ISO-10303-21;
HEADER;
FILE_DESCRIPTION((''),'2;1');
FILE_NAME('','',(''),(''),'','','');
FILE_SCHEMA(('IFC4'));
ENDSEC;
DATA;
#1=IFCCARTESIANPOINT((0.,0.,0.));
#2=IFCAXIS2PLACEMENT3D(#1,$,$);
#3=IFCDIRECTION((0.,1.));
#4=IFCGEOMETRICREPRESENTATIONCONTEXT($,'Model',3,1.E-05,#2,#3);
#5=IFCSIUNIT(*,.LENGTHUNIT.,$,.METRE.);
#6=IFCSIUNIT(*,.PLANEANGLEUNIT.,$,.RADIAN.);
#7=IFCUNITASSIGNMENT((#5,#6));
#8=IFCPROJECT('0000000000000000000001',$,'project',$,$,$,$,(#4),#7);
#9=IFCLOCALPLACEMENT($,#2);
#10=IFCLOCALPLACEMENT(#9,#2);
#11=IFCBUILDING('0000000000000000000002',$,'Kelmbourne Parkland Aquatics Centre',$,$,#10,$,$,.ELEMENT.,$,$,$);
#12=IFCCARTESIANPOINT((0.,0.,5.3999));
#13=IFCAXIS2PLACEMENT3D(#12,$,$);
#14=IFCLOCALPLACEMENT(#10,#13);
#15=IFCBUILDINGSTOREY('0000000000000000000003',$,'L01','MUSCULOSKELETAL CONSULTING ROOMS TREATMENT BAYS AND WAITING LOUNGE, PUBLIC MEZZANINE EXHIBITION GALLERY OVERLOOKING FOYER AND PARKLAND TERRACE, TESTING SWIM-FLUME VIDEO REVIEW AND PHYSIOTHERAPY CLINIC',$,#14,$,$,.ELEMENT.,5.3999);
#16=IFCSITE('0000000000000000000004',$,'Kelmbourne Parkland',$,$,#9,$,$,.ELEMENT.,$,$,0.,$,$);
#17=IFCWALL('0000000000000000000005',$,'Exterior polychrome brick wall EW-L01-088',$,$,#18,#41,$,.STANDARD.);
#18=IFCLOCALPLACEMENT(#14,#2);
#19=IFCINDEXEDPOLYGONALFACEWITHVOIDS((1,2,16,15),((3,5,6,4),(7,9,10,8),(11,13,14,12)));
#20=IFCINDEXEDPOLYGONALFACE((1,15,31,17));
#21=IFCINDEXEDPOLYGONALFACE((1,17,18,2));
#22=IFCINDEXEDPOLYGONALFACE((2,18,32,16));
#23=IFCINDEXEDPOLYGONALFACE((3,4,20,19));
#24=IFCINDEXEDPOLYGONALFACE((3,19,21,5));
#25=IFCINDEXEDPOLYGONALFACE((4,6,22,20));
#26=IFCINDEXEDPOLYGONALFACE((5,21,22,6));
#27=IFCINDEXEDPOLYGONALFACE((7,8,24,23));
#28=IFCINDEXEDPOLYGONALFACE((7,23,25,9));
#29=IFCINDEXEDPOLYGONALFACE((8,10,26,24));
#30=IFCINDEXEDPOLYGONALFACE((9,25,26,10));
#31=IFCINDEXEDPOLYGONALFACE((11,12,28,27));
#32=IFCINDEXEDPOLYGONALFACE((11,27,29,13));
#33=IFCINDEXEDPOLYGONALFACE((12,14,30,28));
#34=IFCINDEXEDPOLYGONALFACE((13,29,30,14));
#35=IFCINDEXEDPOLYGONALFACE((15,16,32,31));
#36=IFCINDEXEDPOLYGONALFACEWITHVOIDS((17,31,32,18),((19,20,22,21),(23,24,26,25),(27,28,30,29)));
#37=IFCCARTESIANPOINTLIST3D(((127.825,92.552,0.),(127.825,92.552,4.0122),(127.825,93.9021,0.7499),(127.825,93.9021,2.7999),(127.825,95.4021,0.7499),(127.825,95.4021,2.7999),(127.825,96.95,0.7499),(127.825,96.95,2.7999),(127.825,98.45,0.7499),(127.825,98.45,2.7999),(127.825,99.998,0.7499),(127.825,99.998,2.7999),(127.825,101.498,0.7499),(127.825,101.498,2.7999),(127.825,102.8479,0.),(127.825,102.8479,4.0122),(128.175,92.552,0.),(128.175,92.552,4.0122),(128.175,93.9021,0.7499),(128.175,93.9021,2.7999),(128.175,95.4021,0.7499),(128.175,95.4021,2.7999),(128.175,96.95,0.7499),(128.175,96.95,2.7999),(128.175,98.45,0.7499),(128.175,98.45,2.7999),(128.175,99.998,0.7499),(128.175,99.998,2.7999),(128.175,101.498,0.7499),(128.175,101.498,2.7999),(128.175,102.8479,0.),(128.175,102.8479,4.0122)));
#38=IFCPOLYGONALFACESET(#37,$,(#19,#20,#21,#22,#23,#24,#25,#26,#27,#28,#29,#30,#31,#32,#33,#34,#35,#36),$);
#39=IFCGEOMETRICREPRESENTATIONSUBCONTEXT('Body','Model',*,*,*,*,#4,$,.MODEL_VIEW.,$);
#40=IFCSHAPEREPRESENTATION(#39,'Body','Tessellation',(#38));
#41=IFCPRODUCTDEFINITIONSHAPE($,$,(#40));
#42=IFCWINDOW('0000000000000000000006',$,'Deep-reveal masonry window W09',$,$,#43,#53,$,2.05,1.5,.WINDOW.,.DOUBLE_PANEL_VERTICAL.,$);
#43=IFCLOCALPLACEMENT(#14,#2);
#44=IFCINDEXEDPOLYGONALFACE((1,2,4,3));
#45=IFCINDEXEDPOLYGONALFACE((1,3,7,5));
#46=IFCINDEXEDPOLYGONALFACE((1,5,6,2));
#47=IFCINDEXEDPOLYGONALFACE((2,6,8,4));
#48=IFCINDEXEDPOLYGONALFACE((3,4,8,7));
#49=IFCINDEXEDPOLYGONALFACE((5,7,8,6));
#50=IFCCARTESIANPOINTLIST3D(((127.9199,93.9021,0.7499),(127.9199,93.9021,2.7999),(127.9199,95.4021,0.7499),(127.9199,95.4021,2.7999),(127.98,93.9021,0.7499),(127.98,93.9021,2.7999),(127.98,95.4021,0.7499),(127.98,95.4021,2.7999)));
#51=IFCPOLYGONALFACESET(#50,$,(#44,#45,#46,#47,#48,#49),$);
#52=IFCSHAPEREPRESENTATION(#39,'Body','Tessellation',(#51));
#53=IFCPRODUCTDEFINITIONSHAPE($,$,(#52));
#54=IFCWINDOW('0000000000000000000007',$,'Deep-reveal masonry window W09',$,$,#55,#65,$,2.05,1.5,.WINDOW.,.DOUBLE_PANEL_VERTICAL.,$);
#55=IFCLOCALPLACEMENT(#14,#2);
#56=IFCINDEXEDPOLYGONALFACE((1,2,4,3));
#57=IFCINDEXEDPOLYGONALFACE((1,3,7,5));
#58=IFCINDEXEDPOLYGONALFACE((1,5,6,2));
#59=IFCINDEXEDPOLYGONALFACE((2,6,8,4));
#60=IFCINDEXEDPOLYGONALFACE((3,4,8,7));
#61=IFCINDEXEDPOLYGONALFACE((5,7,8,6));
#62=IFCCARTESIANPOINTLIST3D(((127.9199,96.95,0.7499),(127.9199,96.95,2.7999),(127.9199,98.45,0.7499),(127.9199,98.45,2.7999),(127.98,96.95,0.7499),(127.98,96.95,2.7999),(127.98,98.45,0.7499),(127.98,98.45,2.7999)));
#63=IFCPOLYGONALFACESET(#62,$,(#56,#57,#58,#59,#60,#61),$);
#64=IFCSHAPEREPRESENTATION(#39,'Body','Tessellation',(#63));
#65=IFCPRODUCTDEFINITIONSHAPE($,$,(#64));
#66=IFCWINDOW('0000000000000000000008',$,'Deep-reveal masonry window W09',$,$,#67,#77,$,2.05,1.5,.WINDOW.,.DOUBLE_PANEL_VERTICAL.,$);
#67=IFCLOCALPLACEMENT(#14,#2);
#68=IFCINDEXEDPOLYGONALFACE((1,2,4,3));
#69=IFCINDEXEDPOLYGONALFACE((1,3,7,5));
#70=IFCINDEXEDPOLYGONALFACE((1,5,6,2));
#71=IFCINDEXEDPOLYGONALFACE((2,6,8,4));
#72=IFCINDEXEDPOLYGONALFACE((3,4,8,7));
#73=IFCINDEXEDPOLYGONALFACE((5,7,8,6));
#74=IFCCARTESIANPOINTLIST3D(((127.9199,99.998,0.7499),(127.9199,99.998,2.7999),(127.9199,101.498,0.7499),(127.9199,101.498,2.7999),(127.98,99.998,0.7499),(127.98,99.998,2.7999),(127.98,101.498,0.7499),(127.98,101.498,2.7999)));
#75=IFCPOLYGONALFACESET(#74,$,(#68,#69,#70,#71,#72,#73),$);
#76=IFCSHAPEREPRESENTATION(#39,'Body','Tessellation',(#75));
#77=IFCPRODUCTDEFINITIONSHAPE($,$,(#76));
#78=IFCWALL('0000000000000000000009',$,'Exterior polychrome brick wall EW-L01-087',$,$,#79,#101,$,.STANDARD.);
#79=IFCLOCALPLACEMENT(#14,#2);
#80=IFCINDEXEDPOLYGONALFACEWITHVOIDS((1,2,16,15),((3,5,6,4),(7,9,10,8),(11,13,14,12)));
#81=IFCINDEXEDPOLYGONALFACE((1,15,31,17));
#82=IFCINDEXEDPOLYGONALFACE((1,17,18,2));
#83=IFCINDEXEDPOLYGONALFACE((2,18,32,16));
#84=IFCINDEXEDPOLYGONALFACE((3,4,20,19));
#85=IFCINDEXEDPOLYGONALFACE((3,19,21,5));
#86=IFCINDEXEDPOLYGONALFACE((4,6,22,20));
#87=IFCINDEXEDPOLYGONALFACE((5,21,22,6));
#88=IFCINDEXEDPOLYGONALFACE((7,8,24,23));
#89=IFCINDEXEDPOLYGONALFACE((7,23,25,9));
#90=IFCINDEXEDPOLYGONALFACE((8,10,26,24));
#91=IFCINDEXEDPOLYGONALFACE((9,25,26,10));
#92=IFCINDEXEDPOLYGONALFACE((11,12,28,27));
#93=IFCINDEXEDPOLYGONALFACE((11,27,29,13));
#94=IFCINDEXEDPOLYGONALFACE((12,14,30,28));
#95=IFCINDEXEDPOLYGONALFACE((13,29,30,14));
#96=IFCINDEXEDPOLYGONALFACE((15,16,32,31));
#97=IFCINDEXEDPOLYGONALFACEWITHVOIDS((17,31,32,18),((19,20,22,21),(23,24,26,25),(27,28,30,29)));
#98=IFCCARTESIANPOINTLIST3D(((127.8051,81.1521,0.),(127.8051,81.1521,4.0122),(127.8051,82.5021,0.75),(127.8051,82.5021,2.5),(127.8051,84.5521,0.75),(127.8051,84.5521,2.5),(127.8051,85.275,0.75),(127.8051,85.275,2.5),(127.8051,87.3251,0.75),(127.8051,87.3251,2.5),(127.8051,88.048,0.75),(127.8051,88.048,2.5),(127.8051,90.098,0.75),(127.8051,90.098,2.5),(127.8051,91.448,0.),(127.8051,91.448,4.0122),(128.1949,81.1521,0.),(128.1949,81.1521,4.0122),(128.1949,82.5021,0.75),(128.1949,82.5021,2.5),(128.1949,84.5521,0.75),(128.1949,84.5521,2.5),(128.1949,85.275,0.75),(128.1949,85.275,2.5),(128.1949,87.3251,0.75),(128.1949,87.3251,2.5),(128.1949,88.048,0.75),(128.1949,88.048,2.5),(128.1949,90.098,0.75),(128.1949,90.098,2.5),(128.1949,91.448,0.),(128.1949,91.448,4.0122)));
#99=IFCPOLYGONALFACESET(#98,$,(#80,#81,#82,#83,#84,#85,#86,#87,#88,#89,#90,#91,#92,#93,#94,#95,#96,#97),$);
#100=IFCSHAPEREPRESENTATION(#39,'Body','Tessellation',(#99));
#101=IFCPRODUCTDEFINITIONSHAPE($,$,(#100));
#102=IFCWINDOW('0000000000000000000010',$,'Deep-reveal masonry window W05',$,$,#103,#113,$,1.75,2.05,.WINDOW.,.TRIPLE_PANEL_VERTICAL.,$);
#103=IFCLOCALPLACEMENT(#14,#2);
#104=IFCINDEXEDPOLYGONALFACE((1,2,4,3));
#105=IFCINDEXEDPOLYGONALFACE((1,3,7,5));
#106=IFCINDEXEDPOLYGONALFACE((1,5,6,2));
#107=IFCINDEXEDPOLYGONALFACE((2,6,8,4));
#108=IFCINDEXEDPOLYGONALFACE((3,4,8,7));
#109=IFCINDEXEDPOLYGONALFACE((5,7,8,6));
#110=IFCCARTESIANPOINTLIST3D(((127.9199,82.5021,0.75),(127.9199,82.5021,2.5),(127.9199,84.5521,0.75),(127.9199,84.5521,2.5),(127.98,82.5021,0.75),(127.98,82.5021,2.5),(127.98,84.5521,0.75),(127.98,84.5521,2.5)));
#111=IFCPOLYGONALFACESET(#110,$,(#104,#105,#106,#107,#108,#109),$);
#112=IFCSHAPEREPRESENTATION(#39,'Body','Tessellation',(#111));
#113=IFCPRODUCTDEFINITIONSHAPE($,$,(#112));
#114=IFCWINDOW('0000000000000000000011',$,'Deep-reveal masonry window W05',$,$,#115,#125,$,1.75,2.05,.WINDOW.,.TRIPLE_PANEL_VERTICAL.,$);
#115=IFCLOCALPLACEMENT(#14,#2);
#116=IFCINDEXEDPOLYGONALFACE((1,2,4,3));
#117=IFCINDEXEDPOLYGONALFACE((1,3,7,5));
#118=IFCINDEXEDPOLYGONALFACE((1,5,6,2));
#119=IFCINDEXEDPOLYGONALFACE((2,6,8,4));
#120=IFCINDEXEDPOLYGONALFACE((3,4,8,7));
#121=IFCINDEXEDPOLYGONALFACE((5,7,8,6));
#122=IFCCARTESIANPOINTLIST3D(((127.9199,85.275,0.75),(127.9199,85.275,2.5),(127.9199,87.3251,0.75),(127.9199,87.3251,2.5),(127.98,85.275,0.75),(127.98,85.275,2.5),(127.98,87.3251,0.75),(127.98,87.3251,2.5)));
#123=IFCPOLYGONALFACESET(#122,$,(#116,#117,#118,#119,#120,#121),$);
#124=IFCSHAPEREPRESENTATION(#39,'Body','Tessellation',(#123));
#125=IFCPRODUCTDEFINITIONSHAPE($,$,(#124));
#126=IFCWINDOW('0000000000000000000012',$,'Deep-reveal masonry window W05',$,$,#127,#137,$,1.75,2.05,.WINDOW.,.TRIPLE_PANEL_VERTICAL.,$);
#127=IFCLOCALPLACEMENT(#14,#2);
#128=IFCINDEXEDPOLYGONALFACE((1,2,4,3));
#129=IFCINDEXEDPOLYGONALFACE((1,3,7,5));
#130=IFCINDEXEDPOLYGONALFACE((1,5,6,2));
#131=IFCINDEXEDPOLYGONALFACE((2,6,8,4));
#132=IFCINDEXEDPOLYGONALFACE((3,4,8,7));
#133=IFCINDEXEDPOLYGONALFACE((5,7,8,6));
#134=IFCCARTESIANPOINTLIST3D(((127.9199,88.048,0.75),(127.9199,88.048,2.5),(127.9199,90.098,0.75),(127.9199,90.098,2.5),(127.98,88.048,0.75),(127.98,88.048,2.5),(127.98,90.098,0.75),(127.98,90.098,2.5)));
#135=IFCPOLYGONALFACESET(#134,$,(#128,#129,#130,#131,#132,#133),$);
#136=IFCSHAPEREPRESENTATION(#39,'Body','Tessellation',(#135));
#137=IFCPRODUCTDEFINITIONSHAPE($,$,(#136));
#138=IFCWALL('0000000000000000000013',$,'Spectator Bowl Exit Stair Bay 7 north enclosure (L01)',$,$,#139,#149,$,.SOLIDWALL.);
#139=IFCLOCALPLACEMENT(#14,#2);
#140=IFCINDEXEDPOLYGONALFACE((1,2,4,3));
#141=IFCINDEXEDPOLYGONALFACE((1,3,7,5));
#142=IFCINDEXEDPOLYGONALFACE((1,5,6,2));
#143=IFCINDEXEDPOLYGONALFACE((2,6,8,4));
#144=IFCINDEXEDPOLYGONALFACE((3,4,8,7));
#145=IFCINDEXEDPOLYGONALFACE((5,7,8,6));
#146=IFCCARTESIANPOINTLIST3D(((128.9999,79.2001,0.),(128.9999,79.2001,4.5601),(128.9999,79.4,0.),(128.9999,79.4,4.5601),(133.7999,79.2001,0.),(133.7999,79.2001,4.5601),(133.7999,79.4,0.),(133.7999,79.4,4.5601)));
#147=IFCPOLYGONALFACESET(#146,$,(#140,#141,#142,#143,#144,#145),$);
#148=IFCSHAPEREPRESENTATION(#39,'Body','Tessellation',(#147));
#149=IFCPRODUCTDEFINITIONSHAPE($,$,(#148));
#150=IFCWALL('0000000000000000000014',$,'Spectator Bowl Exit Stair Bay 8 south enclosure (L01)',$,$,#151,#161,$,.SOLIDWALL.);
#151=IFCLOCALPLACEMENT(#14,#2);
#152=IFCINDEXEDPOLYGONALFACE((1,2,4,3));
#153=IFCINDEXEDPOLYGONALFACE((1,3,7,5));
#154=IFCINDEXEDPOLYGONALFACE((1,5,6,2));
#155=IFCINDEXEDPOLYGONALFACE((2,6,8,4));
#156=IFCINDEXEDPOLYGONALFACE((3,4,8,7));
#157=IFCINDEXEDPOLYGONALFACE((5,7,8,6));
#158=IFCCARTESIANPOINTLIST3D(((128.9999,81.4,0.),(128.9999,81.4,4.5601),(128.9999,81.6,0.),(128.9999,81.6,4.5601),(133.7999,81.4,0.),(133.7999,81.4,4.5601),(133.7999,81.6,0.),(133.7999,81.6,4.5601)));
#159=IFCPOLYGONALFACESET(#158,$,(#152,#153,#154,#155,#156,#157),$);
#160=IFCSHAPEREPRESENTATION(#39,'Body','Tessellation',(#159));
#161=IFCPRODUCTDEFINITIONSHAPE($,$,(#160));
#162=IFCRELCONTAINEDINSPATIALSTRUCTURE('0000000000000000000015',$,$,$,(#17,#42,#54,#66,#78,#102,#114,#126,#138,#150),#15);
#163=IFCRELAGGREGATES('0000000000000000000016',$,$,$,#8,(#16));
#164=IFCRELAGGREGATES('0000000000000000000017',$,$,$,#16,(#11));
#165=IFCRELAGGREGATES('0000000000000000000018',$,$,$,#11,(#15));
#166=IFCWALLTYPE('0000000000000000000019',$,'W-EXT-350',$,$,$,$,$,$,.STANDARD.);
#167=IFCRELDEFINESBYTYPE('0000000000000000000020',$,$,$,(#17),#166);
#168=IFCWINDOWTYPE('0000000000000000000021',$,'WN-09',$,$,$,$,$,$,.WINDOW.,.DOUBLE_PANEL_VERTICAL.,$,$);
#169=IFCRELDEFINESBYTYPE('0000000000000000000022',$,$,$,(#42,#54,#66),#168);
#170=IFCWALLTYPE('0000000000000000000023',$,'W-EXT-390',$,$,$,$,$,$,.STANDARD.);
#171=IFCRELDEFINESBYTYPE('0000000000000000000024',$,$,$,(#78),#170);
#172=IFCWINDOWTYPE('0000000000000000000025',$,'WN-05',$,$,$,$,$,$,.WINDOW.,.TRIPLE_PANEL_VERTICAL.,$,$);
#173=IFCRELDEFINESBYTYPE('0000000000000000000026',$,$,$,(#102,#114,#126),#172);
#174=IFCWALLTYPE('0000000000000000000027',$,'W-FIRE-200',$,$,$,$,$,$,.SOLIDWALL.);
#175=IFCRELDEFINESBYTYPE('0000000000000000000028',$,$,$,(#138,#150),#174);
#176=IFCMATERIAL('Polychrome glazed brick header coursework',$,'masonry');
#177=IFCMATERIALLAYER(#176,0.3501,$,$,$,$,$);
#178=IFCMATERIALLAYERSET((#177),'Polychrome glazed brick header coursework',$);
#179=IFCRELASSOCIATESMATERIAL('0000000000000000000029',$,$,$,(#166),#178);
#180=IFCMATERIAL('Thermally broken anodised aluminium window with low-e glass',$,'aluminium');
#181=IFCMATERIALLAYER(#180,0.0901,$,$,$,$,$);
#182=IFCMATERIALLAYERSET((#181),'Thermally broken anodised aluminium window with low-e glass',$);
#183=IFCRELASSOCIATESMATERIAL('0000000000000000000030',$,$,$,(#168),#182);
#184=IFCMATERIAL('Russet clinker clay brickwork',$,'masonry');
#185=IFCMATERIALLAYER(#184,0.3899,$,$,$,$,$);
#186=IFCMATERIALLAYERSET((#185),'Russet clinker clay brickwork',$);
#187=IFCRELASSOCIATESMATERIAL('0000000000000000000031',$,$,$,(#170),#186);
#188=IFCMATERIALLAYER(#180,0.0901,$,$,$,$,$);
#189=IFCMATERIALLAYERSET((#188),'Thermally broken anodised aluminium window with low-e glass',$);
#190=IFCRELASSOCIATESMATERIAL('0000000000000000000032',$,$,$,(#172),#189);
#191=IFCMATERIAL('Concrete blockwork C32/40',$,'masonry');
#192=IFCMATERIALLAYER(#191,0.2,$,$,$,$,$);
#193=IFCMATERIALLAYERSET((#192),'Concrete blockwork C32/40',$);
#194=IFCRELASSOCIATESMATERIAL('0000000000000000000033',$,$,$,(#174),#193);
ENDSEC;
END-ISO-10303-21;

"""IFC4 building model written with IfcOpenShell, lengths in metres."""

from ifc_helpers import new_model, si_unit, direction, frame, frame_2d, origin, place, context, subcontext, project, spatial, rectangle, extrude, material, layer, layer_set, type_object, element, fill, save


model = new_model("IFC4")

# Units and contexts
model_context = context("Model", 3, precision=1e-05, world=origin(), true_north=direction((0.0, 1.0)))
body_context = subcontext(model_context, "Body", "Model", "MODEL_VIEW")
ifc_project = project(units=[si_unit("LENGTHUNIT", "METRE"), si_unit("PLANEANGLEUNIT", "RADIAN")], contexts=[model_context])

# Site, building, storey
site_placement = place(None, origin())
site = spatial("IfcSite", under=ifc_project, at=site_placement, Name="Kelmbourne Parkland", CompositionType="ELEMENT", RefElevation=0.0)
building_placement = place(site_placement, origin())
building = spatial("IfcBuilding", under=site, at=building_placement, Name="Kelmbourne Parkland Aquatics Centre", CompositionType="ELEMENT")
storey_placement = place(building_placement, frame((0.0, 0.0, 5.3999)))
storey = spatial("IfcBuildingStorey", under=building, at=storey_placement, Name="L01", Description="MUSCULOSKELETAL CONSULTING ROOMS TREATMENT BAYS AND WAITING LOUNGE, PUBLIC MEZZANINE EXHIBITION GALLERY OVERLOOKING FOYER AND PARKLAND TERRACE, TESTING SWIM-FLUME VIDEO REVIEW AND PHYSIOTHERAPY CLINIC", CompositionType="ELEMENT", Elevation=5.3999)

# Walls, openings, windows
ifc_material_1 = material(Name="Polychrome glazed brick header coursework", Category="masonry")
ifc_layer_1 = layer(ifc_material_1, 0.3501)
ifc_layer_set_1 = layer_set([ifc_layer_1], Name="Polychrome glazed brick header coursework")
wall_type_1 = type_object("IfcWallType", Name="W-EXT-350", PredefinedType="STANDARD", material=ifc_layer_set_1)
wall_1_placement = place(storey_placement, frame((128.0, 92.552, 0.0), z_axis=(0.0, 0.0, 1.0), x_axis=(0.0, 1.0, 0.0)))
wall_1 = element("IfcWall", 1, at=wall_1_placement, inside=storey, type_object=wall_type_1, Name="Exterior polychrome brick wall EW-L01-088", PredefinedType="STANDARD", context=body_context, shape_type="SweptSolid", body=[
    extrude(rectangle(XDim=10.2959, YDim=0.3501, at=frame_2d((5.1479, 0.0))), origin(), (0.0, 0.0, 1.0), 4.0122),
])
opening_1_placement = place(wall_1_placement, frame((1.3501, 0.0, 0.75)))
opening_1 = element("IfcOpeningElement", 2, at=opening_1_placement, cuts=wall_1, PredefinedType="OPENING", context=body_context, shape_type="SweptSolid", body=[
    extrude(rectangle(XDim=1.5, YDim=2.05, at=frame_2d((0.75, 1.0249))), frame((0.0, 0.187, 0.0), z_axis=(0.0, -1.0, 0.0), x_axis=(1.0, 0.0, 0.0)), (0.0, 0.0, 1.0), 0.374),
])
opening_2_placement = place(wall_1_placement, frame((4.3979, 0.0, 0.75)))
opening_2 = element("IfcOpeningElement", 3, at=opening_2_placement, cuts=wall_1, PredefinedType="OPENING", context=body_context, shape_type="SweptSolid", body=[
    extrude(rectangle(XDim=1.5, YDim=2.05, at=frame_2d((0.75, 1.0249))), frame((0.0, 0.187, 0.0), z_axis=(0.0, -1.0, 0.0), x_axis=(1.0, 0.0, 0.0)), (0.0, 0.0, 1.0), 0.374),
])
opening_3_placement = place(wall_1_placement, frame((7.446, 0.0, 0.75)))
opening_3 = element("IfcOpeningElement", 4, at=opening_3_placement, cuts=wall_1, PredefinedType="OPENING", context=body_context, shape_type="SweptSolid", body=[
    extrude(rectangle(XDim=1.5, YDim=2.05, at=frame_2d((0.75, 1.0249))), frame((0.0, 0.187, 0.0), z_axis=(0.0, -1.0, 0.0), x_axis=(1.0, 0.0, 0.0)), (0.0, 0.0, 1.0), 0.374),
])
ifc_material_2 = material(Name="Thermally broken anodised aluminium window with low-e glass", Category="aluminium")
ifc_layer_2 = layer(ifc_material_2, 0.0901)
ifc_layer_set_2 = layer_set([ifc_layer_2], Name="Thermally broken anodised aluminium window with low-e glass")
window_type_1 = type_object("IfcWindowType", Name="WN-09", PartitioningType="DOUBLE_PANEL_VERTICAL", PredefinedType="WINDOW", material=ifc_layer_set_2)
window_1_placement = place(opening_1_placement, origin())
window_1 = element("IfcWindow", 5, at=window_1_placement, inside=storey, type_object=window_type_1, Name="Deep-reveal masonry window W09", OverallHeight=2.05, OverallWidth=1.5, PartitioningType="DOUBLE_PANEL_VERTICAL", PredefinedType="WINDOW", context=body_context, shape_type="SweptSolid", body=[
    extrude(rectangle(XDim=1.5, YDim=2.05, at=frame_2d((0.75, 1.0249))), frame((0.0, 0.0801, 0.0), z_axis=(0.0, -1.0, 0.0), x_axis=(1.0, 0.0, 0.0)), (0.0, 0.0, 1.0), 0.0601),
])
fill(opening_1, window_1)
window_2_placement = place(opening_2_placement, origin())
window_2 = element("IfcWindow", 6, at=window_2_placement, inside=storey, type_object=window_type_1, Name="Deep-reveal masonry window W09", OverallHeight=2.05, OverallWidth=1.5, PartitioningType="DOUBLE_PANEL_VERTICAL", PredefinedType="WINDOW", context=body_context, shape_type="SweptSolid", body=[
    extrude(rectangle(XDim=1.5, YDim=2.05, at=frame_2d((0.75, 1.0249))), frame((0.0, 0.0801, 0.0), z_axis=(0.0, -1.0, 0.0), x_axis=(1.0, 0.0, 0.0)), (0.0, 0.0, 1.0), 0.0601),
])
fill(opening_2, window_2)
window_3_placement = place(opening_3_placement, origin())
window_3 = element("IfcWindow", 7, at=window_3_placement, inside=storey, type_object=window_type_1, Name="Deep-reveal masonry window W09", OverallHeight=2.05, OverallWidth=1.5, PartitioningType="DOUBLE_PANEL_VERTICAL", PredefinedType="WINDOW", context=body_context, shape_type="SweptSolid", body=[
    extrude(rectangle(XDim=1.5, YDim=2.05, at=frame_2d((0.75, 1.0249))), frame((0.0, 0.0801, 0.0), z_axis=(0.0, -1.0, 0.0), x_axis=(1.0, 0.0, 0.0)), (0.0, 0.0, 1.0), 0.0601),
])
fill(opening_3, window_3)
ifc_material_3 = material(Name="Russet clinker clay brickwork", Category="masonry")
ifc_layer_3 = layer(ifc_material_3, 0.3899)
ifc_layer_set_3 = layer_set([ifc_layer_3], Name="Russet clinker clay brickwork")
wall_type_2 = type_object("IfcWallType", Name="W-EXT-390", PredefinedType="STANDARD", material=ifc_layer_set_3)
wall_2_placement = place(storey_placement, frame((128.0, 81.1521, 0.0), z_axis=(0.0, 0.0, 1.0), x_axis=(0.0, 1.0, 0.0)))
wall_2 = element("IfcWall", 8, at=wall_2_placement, inside=storey, type_object=wall_type_2, Name="Exterior polychrome brick wall EW-L01-087", PredefinedType="STANDARD", context=body_context, shape_type="SweptSolid", body=[
    extrude(rectangle(XDim=10.2959, YDim=0.3899, at=frame_2d((5.1479, 0.0))), origin(), (0.0, 0.0, 1.0), 4.0122),
])
opening_4_placement = place(wall_2_placement, frame((1.3501, 0.0, 0.75)))
opening_4 = element("IfcOpeningElement", 9, at=opening_4_placement, cuts=wall_2, PredefinedType="OPENING", context=body_context, shape_type="SweptSolid", body=[
    extrude(rectangle(XDim=2.05, YDim=1.75, at=frame_2d((1.0249, 0.875))), frame((0.0, 0.207, 0.0), z_axis=(0.0, -1.0, 0.0), x_axis=(1.0, 0.0, 0.0)), (0.0, 0.0, 1.0), 0.4138),
])
opening_5_placement = place(wall_2_placement, frame((4.123, 0.0, 0.75)))
opening_5 = element("IfcOpeningElement", 10, at=opening_5_placement, cuts=wall_2, PredefinedType="OPENING", context=body_context, shape_type="SweptSolid", body=[
    extrude(rectangle(XDim=2.05, YDim=1.75, at=frame_2d((1.0249, 0.875))), frame((0.0, 0.207, 0.0), z_axis=(0.0, -1.0, 0.0), x_axis=(1.0, 0.0, 0.0)), (0.0, 0.0, 1.0), 0.4138),
])
opening_6_placement = place(wall_2_placement, frame((6.896, 0.0, 0.75)))
opening_6 = element("IfcOpeningElement", 11, at=opening_6_placement, cuts=wall_2, PredefinedType="OPENING", context=body_context, shape_type="SweptSolid", body=[
    extrude(rectangle(XDim=2.05, YDim=1.75, at=frame_2d((1.0249, 0.875))), frame((0.0, 0.207, 0.0), z_axis=(0.0, -1.0, 0.0), x_axis=(1.0, 0.0, 0.0)), (0.0, 0.0, 1.0), 0.4138),
])
ifc_layer_4 = layer(ifc_material_2, 0.0901)
ifc_layer_set_4 = layer_set([ifc_layer_4], Name="Thermally broken anodised aluminium window with low-e glass")
window_type_2 = type_object("IfcWindowType", Name="WN-05", PartitioningType="TRIPLE_PANEL_VERTICAL", PredefinedType="WINDOW", material=ifc_layer_set_4)
window_4_placement = place(opening_4_placement, origin())
window_4 = element("IfcWindow", 12, at=window_4_placement, inside=storey, type_object=window_type_2, Name="Deep-reveal masonry window W05", OverallHeight=1.75, OverallWidth=2.05, PartitioningType="TRIPLE_PANEL_VERTICAL", PredefinedType="WINDOW", context=body_context, shape_type="SweptSolid", body=[
    extrude(rectangle(XDim=2.05, YDim=1.75, at=frame_2d((1.0249, 0.875))), frame((0.0, 0.0801, 0.0), z_axis=(0.0, -1.0, 0.0), x_axis=(1.0, 0.0, 0.0)), (0.0, 0.0, 1.0), 0.0601),
])
fill(opening_4, window_4)
window_5_placement = place(opening_5_placement, origin())
window_5 = element("IfcWindow", 13, at=window_5_placement, inside=storey, type_object=window_type_2, Name="Deep-reveal masonry window W05", OverallHeight=1.75, OverallWidth=2.05, PartitioningType="TRIPLE_PANEL_VERTICAL", PredefinedType="WINDOW", context=body_context, shape_type="SweptSolid", body=[
    extrude(rectangle(XDim=2.05, YDim=1.75, at=frame_2d((1.0249, 0.875))), frame((0.0, 0.0801, 0.0), z_axis=(0.0, -1.0, 0.0), x_axis=(1.0, 0.0, 0.0)), (0.0, 0.0, 1.0), 0.0601),
])
fill(opening_5, window_5)
window_6_placement = place(opening_6_placement, origin())
window_6 = element("IfcWindow", 14, at=window_6_placement, inside=storey, type_object=window_type_2, Name="Deep-reveal masonry window W05", OverallHeight=1.75, OverallWidth=2.05, PartitioningType="TRIPLE_PANEL_VERTICAL", PredefinedType="WINDOW", context=body_context, shape_type="SweptSolid", body=[
    extrude(rectangle(XDim=2.05, YDim=1.75, at=frame_2d((1.0249, 0.875))), frame((0.0, 0.0801, 0.0), z_axis=(0.0, -1.0, 0.0), x_axis=(1.0, 0.0, 0.0)), (0.0, 0.0, 1.0), 0.0601),
])
fill(opening_6, window_6)

# Walls
ifc_material_4 = material(Name="Concrete blockwork C32/40", Category="masonry")
ifc_layer_5 = layer(ifc_material_4, 0.2)
ifc_layer_set_5 = layer_set([ifc_layer_5], Name="Concrete blockwork C32/40")
wall_type_3 = type_object("IfcWallType", Name="W-FIRE-200", PredefinedType="SOLIDWALL", material=ifc_layer_set_5)
for number, where, z_axis, x_axis, name in (
    (15, (129.0, 79.3, 0.0), (0.0, 0.0, 1.0), (1.0, 0.0, 0.0), "Spectator Bowl Exit Stair Bay 7 north enclosure (L01)"),
    (16, (129.0, 81.5, 0.0), (0.0, 0.0, 1.0), (1.0, 0.0, 0.0), "Spectator Bowl Exit Stair Bay 8 south enclosure (L01)"),
):
    element("IfcWall", number, at=place(storey_placement, frame(where, z_axis=z_axis, x_axis=x_axis)), inside=storey, type_object=wall_type_3, Name=name, PredefinedType="SOLIDWALL", context=body_context, shape_type="SweptSolid", body=[
        extrude(rectangle(XDim=4.8, YDim=0.2, at=frame_2d((2.3999, 0.0))), origin(), (0.0, 0.0, 1.0), 4.5601),
    ])

save(model, "model.ifc")
